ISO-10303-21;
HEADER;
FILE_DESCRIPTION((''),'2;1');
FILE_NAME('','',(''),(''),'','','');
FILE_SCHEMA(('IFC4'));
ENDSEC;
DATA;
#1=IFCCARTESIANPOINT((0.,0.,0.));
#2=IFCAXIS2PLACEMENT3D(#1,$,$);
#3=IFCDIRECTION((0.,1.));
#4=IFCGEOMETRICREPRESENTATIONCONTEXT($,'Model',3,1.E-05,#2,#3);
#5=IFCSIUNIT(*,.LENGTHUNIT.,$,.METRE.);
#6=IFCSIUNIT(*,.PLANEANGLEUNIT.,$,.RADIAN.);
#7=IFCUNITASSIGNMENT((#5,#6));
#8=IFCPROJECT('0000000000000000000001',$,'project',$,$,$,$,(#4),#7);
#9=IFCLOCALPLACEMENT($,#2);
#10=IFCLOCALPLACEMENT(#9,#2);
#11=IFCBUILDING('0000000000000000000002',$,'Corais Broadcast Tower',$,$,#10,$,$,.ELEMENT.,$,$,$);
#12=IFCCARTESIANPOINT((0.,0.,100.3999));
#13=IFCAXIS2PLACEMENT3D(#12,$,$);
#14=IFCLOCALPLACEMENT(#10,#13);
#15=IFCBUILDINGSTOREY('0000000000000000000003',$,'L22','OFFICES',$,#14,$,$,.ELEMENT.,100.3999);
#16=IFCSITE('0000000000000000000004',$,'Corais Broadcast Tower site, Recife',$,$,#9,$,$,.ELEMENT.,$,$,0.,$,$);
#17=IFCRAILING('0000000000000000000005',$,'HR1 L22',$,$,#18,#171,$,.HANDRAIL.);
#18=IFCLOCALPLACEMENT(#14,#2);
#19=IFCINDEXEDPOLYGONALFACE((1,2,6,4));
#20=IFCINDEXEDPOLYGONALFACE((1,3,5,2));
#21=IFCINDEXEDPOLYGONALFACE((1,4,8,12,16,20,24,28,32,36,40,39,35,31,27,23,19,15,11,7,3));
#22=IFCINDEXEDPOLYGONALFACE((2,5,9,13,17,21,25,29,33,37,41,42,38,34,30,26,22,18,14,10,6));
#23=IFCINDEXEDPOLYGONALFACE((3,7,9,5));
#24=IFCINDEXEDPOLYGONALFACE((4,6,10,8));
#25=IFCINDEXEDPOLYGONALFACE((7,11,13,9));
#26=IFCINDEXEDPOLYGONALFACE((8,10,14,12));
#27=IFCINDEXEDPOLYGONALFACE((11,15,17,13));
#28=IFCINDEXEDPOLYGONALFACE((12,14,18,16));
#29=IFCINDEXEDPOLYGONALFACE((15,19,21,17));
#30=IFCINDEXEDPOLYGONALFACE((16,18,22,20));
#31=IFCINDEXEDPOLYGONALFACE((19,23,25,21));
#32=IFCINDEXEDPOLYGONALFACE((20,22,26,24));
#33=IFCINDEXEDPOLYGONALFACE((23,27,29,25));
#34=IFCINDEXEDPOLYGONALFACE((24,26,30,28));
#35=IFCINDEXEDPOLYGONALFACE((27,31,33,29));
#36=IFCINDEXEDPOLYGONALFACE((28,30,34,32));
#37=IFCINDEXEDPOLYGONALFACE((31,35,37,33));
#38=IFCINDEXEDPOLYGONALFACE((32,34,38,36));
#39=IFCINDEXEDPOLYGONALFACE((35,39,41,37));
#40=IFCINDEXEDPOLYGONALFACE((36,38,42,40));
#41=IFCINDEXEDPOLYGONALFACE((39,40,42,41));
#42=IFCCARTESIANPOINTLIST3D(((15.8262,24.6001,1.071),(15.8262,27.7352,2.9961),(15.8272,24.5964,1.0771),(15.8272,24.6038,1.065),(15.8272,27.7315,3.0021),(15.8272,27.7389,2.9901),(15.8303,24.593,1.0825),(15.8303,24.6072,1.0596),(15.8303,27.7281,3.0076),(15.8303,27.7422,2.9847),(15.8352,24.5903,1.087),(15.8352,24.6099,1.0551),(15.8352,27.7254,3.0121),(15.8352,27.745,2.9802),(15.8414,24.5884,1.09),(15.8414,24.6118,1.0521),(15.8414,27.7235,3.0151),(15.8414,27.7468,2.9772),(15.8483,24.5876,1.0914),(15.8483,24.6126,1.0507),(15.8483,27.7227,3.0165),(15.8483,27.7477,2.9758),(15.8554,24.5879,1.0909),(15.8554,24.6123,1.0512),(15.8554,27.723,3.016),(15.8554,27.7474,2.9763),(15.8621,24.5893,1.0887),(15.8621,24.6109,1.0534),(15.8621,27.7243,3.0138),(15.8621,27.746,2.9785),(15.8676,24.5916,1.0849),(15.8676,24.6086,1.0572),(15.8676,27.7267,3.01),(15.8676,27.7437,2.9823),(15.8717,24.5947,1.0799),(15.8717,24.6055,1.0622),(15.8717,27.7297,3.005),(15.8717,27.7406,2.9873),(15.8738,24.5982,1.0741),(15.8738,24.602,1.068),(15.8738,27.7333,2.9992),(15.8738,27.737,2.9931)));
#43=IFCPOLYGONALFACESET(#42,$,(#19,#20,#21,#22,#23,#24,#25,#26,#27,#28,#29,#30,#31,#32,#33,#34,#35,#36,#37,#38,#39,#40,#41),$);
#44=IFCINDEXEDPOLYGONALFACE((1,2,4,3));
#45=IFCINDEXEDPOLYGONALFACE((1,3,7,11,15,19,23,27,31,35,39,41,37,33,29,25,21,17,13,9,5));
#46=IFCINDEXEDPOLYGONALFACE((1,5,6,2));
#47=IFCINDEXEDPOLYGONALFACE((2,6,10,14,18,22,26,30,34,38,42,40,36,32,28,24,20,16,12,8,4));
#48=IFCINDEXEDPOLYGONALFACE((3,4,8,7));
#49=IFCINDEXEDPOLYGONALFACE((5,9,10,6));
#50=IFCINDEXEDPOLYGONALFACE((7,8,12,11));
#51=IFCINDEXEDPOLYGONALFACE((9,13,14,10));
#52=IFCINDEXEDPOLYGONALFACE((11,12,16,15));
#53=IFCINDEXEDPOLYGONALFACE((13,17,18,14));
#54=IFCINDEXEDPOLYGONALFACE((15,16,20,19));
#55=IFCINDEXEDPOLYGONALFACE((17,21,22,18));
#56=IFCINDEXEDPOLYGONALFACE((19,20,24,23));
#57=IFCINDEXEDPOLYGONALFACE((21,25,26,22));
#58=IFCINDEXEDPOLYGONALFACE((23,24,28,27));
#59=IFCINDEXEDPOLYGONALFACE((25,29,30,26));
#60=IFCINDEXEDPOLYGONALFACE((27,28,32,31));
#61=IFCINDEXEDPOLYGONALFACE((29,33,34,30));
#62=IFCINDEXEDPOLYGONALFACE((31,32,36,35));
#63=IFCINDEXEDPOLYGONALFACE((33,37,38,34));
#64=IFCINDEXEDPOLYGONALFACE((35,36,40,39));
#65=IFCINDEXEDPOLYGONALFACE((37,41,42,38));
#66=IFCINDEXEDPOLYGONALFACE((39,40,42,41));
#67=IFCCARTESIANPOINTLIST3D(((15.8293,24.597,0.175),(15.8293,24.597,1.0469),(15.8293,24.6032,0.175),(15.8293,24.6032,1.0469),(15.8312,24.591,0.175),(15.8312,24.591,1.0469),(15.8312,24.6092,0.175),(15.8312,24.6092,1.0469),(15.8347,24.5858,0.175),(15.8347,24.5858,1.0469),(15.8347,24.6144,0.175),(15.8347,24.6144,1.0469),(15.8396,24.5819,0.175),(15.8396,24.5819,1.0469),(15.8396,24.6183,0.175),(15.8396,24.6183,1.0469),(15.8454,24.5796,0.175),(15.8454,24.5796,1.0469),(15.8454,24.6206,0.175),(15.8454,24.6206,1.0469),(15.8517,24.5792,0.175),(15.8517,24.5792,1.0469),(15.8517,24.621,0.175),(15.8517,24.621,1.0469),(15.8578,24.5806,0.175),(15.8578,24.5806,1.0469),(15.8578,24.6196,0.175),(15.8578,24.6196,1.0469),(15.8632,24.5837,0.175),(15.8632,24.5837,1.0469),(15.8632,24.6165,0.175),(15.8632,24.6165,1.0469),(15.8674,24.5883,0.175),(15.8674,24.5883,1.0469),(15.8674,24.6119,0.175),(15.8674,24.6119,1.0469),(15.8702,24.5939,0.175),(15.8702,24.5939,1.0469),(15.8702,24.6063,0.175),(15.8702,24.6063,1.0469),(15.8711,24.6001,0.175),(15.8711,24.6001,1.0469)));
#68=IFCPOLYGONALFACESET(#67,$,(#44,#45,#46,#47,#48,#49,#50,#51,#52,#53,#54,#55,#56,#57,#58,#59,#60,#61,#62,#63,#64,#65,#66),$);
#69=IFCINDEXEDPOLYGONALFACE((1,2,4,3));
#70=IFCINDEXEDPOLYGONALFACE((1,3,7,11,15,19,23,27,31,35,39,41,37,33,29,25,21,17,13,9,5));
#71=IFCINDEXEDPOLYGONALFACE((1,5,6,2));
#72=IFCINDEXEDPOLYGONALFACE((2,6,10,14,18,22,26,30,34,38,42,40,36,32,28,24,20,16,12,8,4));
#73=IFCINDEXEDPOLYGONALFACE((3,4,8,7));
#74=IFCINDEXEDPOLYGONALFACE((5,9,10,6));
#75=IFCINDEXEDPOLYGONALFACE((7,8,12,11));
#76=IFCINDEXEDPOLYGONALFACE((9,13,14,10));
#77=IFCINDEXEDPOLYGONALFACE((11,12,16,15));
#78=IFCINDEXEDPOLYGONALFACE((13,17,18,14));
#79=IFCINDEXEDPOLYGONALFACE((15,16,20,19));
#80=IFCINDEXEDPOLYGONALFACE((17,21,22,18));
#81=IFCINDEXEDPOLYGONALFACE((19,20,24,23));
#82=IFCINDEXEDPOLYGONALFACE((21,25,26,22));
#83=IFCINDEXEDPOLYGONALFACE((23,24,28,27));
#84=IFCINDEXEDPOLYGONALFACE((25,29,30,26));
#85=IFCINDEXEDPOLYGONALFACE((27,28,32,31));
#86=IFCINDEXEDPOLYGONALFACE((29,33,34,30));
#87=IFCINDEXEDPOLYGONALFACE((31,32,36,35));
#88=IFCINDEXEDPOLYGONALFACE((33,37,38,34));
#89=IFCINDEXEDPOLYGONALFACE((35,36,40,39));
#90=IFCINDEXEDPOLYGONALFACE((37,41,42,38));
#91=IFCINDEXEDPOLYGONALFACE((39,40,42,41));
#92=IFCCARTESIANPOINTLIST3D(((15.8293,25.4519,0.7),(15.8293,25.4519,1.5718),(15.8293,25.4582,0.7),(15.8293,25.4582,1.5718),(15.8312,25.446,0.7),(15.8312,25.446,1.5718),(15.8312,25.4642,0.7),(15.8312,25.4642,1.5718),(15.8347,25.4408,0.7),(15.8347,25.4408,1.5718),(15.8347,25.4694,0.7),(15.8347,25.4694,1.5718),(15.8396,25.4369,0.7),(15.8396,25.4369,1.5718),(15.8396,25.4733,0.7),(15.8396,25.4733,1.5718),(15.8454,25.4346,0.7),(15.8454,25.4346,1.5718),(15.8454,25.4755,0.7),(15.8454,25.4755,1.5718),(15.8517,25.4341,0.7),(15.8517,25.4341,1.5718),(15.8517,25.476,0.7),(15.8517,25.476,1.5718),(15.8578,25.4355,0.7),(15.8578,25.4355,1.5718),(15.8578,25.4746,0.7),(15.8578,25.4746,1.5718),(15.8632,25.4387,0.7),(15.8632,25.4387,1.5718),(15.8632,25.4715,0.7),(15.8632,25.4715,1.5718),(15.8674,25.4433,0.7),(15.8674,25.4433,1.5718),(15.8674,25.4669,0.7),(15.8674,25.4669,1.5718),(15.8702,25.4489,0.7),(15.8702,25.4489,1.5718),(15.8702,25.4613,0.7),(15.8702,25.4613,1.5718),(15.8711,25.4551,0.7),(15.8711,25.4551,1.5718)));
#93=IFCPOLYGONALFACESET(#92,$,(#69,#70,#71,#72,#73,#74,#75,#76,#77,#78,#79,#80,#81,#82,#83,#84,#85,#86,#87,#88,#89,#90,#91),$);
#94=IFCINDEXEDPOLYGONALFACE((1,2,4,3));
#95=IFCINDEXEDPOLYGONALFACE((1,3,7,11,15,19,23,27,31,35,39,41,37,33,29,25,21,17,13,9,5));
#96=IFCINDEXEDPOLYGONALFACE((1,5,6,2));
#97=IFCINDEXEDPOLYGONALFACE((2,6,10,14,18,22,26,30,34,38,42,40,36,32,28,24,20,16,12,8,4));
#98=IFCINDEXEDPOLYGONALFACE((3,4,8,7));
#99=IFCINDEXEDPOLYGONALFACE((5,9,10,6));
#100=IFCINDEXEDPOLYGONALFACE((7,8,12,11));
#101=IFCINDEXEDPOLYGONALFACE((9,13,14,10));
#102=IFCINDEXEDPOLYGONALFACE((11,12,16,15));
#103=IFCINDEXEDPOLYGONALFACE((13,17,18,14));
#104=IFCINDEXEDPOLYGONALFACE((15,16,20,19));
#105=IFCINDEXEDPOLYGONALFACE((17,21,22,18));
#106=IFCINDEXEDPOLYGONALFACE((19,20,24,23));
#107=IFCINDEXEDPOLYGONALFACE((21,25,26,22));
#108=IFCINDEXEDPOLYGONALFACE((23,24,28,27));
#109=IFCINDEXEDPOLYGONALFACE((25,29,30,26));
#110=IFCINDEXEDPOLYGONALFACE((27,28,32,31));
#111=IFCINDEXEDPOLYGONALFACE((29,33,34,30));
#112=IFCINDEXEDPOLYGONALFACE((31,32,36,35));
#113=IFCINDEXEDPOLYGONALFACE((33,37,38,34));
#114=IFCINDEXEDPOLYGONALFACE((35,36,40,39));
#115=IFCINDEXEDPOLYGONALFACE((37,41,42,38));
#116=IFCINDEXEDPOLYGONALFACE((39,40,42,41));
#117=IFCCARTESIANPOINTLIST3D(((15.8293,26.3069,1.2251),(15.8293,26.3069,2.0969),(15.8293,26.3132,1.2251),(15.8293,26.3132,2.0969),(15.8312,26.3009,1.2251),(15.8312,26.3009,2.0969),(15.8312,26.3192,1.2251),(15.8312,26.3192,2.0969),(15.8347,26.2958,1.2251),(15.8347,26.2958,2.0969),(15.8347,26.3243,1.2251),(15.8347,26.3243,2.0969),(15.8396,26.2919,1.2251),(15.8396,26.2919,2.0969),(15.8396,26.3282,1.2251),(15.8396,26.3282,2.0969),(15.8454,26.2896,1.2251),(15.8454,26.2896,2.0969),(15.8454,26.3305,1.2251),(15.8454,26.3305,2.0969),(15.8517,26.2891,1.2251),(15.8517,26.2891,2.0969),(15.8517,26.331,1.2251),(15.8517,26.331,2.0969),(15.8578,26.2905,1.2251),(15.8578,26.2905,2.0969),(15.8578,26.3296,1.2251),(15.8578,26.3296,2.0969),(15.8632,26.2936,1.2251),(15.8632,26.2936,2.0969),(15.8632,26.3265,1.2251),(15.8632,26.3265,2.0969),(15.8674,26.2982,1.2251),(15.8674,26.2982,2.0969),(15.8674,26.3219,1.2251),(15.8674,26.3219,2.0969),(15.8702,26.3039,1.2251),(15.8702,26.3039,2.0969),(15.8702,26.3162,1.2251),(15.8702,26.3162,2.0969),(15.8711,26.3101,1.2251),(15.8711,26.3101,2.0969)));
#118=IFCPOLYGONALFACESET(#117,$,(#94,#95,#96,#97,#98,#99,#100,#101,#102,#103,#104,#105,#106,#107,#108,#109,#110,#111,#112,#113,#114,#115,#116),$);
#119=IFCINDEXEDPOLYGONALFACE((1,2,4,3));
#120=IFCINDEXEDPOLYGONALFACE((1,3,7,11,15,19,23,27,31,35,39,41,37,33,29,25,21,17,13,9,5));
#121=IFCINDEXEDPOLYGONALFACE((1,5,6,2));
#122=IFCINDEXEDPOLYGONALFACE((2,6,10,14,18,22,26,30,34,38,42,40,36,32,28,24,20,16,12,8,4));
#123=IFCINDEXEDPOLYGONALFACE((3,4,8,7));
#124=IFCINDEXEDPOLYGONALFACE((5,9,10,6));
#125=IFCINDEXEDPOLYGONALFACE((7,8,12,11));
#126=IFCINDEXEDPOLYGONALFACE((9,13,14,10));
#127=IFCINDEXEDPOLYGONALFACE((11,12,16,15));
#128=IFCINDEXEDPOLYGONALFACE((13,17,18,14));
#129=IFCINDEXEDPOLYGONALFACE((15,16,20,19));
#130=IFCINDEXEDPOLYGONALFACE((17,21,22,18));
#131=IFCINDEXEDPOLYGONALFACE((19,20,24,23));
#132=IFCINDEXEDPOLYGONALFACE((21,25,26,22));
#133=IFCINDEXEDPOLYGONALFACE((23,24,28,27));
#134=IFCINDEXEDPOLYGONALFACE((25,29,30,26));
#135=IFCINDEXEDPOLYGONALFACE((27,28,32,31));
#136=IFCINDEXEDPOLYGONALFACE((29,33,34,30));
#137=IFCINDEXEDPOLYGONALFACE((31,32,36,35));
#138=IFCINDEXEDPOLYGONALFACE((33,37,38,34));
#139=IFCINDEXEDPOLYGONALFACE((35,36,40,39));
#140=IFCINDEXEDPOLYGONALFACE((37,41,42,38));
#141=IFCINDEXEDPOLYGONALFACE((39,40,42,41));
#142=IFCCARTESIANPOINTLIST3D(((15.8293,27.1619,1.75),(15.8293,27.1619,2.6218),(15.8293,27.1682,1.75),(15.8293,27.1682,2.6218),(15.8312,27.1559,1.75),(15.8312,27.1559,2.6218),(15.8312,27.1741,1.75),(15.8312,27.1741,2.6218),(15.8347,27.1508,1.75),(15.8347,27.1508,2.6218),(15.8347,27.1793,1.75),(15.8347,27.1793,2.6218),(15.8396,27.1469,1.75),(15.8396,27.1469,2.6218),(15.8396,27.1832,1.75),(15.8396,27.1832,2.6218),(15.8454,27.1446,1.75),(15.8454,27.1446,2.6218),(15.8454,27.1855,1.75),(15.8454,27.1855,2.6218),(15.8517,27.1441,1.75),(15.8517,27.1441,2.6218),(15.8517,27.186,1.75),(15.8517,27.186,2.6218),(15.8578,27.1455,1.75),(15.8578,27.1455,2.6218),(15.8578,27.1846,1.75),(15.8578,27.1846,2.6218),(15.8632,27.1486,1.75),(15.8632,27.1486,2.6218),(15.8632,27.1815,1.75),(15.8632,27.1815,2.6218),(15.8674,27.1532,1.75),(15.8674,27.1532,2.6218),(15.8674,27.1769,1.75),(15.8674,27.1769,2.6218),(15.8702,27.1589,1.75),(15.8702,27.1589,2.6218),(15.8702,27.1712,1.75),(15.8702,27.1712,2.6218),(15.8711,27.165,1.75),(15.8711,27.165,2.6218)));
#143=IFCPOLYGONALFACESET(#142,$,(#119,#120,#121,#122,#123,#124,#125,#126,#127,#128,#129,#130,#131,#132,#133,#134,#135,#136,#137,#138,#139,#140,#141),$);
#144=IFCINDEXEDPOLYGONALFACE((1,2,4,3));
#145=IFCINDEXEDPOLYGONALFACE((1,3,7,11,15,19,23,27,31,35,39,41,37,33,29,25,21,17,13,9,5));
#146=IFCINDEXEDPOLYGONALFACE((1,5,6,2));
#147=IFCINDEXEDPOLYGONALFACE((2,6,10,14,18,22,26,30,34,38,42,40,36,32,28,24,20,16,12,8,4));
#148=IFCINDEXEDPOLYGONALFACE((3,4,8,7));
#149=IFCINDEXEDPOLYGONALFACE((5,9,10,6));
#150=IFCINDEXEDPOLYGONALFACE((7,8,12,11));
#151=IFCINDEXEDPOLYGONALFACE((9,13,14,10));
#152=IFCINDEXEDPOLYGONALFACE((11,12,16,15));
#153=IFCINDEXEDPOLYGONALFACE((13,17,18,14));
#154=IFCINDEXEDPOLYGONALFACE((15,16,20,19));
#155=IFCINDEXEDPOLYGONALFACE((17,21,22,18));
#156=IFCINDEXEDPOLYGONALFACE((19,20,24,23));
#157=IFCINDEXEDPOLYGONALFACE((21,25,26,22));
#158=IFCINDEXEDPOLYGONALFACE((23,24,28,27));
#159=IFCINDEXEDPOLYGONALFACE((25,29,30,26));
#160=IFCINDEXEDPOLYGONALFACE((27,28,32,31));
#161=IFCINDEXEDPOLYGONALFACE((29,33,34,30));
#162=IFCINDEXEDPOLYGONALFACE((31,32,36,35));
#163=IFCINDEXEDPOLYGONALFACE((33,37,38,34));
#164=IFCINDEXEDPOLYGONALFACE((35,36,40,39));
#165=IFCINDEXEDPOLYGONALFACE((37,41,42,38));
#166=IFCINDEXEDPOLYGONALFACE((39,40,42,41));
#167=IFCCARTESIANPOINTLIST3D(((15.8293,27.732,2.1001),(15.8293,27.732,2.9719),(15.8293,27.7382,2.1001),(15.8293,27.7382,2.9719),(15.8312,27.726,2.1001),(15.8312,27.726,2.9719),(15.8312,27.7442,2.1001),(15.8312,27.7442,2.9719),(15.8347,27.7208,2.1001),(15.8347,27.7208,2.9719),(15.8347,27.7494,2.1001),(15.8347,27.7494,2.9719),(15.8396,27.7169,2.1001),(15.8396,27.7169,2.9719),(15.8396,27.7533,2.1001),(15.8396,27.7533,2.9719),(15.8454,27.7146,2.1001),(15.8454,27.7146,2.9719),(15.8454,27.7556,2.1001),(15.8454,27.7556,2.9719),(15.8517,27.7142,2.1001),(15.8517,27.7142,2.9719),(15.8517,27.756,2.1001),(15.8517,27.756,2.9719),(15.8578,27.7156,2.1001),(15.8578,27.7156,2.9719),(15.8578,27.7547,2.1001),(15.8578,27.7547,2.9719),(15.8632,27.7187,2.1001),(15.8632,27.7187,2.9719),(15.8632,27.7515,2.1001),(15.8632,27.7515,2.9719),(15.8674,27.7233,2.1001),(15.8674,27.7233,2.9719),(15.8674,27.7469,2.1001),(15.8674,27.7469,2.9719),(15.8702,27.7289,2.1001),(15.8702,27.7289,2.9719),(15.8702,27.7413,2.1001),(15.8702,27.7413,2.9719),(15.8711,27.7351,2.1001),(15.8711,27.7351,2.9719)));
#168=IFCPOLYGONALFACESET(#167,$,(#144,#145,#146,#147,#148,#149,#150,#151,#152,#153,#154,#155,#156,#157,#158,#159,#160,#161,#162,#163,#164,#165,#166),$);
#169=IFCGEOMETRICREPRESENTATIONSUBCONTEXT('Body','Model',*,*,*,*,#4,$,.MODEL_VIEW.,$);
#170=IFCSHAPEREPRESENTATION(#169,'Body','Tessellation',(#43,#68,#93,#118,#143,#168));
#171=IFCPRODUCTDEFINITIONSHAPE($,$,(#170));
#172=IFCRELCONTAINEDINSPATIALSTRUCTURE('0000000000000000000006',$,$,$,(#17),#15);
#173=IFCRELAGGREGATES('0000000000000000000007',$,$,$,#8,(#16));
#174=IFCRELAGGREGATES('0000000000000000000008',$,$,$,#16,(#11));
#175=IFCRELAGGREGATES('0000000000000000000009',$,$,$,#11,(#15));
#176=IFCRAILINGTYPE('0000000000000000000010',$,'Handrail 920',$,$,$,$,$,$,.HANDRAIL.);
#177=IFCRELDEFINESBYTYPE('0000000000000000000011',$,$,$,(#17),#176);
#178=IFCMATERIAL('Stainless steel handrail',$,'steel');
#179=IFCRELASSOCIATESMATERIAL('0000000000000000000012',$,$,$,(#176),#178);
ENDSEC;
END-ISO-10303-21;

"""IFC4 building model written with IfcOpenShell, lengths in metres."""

from ifc_helpers import new_model, si_unit, direction, frame, origin, origin_2d, place, context, subcontext, project, spatial, circle, extrude, material, type_object, element, save


model = new_model("IFC4")

# Units and contexts
model_context = context("Model", 3, precision=1e-05, world=origin(), true_north=direction((0.0, 1.0)))
body_context = subcontext(model_context, "Body", "Model", "MODEL_VIEW")
ifc_project = project(units=[si_unit("LENGTHUNIT", "METRE"), si_unit("PLANEANGLEUNIT", "RADIAN")], contexts=[model_context])

# Site, building, storey
site_placement = place(None, origin())
site = spatial("IfcSite", under=ifc_project, at=site_placement, Name="Corais Broadcast Tower site, Recife", CompositionType="ELEMENT", RefElevation=0.0)
building_placement = place(site_placement, origin())
building = spatial("IfcBuilding", under=site, at=building_placement, Name="Corais Broadcast Tower", CompositionType="ELEMENT")
storey_placement = place(building_placement, frame((0.0, 0.0, 100.3999)))
storey = spatial("IfcBuildingStorey", under=building, at=storey_placement, Name="L22", Description="OFFICES", CompositionType="ELEMENT", Elevation=100.3999)

# Railing
ifc_material_1 = material(Name="Stainless steel handrail", Category="steel")
railing_type = type_object("IfcRailingType", Name="Handrail 920", PredefinedType="HANDRAIL", material=ifc_material_1)
for number, where, name in (
    (1, (15.8501, 24.6001, 0.175), "HR1 L22"),
):
    element("IfcRailing", number, at=place(storey_placement, frame(where)), inside=storey, type_object=railing_type, Name=name, PredefinedType="HANDRAIL", context=body_context, shape_type="SweptSolid", body=[
        extrude(circle(Radius=0.0239, at=origin_2d()), frame((0.0, 0.0, 0.896), z_axis=(0.0, 0.852166, 0.523271), x_axis=(-1.0, 0.0, 0.0)), (0.0, 0.0, 1.0), 3.679),
        extrude(circle(Radius=0.021, at=origin_2d()), origin(), (0.0, 0.0, 1.0), 0.8718),
        extrude(circle(Radius=0.021, at=origin_2d()), frame((0.0, 0.855, 0.5249)), (0.0, 0.0, 1.0), 0.8718),
        extrude(circle(Radius=0.021, at=origin_2d()), frame((0.0, 1.71, 1.05)), (0.0, 0.0, 1.0), 0.8718),
        extrude(circle(Radius=0.021, at=origin_2d()), frame((0.0, 2.5649, 1.575)), (0.0, 0.0, 1.0), 0.8718),
        extrude(circle(Radius=0.021, at=origin_2d()), frame((0.0, 3.135, 1.925)), (0.0, 0.0, 1.0), 0.8718),
    ])

save(model, "model.ifc")
